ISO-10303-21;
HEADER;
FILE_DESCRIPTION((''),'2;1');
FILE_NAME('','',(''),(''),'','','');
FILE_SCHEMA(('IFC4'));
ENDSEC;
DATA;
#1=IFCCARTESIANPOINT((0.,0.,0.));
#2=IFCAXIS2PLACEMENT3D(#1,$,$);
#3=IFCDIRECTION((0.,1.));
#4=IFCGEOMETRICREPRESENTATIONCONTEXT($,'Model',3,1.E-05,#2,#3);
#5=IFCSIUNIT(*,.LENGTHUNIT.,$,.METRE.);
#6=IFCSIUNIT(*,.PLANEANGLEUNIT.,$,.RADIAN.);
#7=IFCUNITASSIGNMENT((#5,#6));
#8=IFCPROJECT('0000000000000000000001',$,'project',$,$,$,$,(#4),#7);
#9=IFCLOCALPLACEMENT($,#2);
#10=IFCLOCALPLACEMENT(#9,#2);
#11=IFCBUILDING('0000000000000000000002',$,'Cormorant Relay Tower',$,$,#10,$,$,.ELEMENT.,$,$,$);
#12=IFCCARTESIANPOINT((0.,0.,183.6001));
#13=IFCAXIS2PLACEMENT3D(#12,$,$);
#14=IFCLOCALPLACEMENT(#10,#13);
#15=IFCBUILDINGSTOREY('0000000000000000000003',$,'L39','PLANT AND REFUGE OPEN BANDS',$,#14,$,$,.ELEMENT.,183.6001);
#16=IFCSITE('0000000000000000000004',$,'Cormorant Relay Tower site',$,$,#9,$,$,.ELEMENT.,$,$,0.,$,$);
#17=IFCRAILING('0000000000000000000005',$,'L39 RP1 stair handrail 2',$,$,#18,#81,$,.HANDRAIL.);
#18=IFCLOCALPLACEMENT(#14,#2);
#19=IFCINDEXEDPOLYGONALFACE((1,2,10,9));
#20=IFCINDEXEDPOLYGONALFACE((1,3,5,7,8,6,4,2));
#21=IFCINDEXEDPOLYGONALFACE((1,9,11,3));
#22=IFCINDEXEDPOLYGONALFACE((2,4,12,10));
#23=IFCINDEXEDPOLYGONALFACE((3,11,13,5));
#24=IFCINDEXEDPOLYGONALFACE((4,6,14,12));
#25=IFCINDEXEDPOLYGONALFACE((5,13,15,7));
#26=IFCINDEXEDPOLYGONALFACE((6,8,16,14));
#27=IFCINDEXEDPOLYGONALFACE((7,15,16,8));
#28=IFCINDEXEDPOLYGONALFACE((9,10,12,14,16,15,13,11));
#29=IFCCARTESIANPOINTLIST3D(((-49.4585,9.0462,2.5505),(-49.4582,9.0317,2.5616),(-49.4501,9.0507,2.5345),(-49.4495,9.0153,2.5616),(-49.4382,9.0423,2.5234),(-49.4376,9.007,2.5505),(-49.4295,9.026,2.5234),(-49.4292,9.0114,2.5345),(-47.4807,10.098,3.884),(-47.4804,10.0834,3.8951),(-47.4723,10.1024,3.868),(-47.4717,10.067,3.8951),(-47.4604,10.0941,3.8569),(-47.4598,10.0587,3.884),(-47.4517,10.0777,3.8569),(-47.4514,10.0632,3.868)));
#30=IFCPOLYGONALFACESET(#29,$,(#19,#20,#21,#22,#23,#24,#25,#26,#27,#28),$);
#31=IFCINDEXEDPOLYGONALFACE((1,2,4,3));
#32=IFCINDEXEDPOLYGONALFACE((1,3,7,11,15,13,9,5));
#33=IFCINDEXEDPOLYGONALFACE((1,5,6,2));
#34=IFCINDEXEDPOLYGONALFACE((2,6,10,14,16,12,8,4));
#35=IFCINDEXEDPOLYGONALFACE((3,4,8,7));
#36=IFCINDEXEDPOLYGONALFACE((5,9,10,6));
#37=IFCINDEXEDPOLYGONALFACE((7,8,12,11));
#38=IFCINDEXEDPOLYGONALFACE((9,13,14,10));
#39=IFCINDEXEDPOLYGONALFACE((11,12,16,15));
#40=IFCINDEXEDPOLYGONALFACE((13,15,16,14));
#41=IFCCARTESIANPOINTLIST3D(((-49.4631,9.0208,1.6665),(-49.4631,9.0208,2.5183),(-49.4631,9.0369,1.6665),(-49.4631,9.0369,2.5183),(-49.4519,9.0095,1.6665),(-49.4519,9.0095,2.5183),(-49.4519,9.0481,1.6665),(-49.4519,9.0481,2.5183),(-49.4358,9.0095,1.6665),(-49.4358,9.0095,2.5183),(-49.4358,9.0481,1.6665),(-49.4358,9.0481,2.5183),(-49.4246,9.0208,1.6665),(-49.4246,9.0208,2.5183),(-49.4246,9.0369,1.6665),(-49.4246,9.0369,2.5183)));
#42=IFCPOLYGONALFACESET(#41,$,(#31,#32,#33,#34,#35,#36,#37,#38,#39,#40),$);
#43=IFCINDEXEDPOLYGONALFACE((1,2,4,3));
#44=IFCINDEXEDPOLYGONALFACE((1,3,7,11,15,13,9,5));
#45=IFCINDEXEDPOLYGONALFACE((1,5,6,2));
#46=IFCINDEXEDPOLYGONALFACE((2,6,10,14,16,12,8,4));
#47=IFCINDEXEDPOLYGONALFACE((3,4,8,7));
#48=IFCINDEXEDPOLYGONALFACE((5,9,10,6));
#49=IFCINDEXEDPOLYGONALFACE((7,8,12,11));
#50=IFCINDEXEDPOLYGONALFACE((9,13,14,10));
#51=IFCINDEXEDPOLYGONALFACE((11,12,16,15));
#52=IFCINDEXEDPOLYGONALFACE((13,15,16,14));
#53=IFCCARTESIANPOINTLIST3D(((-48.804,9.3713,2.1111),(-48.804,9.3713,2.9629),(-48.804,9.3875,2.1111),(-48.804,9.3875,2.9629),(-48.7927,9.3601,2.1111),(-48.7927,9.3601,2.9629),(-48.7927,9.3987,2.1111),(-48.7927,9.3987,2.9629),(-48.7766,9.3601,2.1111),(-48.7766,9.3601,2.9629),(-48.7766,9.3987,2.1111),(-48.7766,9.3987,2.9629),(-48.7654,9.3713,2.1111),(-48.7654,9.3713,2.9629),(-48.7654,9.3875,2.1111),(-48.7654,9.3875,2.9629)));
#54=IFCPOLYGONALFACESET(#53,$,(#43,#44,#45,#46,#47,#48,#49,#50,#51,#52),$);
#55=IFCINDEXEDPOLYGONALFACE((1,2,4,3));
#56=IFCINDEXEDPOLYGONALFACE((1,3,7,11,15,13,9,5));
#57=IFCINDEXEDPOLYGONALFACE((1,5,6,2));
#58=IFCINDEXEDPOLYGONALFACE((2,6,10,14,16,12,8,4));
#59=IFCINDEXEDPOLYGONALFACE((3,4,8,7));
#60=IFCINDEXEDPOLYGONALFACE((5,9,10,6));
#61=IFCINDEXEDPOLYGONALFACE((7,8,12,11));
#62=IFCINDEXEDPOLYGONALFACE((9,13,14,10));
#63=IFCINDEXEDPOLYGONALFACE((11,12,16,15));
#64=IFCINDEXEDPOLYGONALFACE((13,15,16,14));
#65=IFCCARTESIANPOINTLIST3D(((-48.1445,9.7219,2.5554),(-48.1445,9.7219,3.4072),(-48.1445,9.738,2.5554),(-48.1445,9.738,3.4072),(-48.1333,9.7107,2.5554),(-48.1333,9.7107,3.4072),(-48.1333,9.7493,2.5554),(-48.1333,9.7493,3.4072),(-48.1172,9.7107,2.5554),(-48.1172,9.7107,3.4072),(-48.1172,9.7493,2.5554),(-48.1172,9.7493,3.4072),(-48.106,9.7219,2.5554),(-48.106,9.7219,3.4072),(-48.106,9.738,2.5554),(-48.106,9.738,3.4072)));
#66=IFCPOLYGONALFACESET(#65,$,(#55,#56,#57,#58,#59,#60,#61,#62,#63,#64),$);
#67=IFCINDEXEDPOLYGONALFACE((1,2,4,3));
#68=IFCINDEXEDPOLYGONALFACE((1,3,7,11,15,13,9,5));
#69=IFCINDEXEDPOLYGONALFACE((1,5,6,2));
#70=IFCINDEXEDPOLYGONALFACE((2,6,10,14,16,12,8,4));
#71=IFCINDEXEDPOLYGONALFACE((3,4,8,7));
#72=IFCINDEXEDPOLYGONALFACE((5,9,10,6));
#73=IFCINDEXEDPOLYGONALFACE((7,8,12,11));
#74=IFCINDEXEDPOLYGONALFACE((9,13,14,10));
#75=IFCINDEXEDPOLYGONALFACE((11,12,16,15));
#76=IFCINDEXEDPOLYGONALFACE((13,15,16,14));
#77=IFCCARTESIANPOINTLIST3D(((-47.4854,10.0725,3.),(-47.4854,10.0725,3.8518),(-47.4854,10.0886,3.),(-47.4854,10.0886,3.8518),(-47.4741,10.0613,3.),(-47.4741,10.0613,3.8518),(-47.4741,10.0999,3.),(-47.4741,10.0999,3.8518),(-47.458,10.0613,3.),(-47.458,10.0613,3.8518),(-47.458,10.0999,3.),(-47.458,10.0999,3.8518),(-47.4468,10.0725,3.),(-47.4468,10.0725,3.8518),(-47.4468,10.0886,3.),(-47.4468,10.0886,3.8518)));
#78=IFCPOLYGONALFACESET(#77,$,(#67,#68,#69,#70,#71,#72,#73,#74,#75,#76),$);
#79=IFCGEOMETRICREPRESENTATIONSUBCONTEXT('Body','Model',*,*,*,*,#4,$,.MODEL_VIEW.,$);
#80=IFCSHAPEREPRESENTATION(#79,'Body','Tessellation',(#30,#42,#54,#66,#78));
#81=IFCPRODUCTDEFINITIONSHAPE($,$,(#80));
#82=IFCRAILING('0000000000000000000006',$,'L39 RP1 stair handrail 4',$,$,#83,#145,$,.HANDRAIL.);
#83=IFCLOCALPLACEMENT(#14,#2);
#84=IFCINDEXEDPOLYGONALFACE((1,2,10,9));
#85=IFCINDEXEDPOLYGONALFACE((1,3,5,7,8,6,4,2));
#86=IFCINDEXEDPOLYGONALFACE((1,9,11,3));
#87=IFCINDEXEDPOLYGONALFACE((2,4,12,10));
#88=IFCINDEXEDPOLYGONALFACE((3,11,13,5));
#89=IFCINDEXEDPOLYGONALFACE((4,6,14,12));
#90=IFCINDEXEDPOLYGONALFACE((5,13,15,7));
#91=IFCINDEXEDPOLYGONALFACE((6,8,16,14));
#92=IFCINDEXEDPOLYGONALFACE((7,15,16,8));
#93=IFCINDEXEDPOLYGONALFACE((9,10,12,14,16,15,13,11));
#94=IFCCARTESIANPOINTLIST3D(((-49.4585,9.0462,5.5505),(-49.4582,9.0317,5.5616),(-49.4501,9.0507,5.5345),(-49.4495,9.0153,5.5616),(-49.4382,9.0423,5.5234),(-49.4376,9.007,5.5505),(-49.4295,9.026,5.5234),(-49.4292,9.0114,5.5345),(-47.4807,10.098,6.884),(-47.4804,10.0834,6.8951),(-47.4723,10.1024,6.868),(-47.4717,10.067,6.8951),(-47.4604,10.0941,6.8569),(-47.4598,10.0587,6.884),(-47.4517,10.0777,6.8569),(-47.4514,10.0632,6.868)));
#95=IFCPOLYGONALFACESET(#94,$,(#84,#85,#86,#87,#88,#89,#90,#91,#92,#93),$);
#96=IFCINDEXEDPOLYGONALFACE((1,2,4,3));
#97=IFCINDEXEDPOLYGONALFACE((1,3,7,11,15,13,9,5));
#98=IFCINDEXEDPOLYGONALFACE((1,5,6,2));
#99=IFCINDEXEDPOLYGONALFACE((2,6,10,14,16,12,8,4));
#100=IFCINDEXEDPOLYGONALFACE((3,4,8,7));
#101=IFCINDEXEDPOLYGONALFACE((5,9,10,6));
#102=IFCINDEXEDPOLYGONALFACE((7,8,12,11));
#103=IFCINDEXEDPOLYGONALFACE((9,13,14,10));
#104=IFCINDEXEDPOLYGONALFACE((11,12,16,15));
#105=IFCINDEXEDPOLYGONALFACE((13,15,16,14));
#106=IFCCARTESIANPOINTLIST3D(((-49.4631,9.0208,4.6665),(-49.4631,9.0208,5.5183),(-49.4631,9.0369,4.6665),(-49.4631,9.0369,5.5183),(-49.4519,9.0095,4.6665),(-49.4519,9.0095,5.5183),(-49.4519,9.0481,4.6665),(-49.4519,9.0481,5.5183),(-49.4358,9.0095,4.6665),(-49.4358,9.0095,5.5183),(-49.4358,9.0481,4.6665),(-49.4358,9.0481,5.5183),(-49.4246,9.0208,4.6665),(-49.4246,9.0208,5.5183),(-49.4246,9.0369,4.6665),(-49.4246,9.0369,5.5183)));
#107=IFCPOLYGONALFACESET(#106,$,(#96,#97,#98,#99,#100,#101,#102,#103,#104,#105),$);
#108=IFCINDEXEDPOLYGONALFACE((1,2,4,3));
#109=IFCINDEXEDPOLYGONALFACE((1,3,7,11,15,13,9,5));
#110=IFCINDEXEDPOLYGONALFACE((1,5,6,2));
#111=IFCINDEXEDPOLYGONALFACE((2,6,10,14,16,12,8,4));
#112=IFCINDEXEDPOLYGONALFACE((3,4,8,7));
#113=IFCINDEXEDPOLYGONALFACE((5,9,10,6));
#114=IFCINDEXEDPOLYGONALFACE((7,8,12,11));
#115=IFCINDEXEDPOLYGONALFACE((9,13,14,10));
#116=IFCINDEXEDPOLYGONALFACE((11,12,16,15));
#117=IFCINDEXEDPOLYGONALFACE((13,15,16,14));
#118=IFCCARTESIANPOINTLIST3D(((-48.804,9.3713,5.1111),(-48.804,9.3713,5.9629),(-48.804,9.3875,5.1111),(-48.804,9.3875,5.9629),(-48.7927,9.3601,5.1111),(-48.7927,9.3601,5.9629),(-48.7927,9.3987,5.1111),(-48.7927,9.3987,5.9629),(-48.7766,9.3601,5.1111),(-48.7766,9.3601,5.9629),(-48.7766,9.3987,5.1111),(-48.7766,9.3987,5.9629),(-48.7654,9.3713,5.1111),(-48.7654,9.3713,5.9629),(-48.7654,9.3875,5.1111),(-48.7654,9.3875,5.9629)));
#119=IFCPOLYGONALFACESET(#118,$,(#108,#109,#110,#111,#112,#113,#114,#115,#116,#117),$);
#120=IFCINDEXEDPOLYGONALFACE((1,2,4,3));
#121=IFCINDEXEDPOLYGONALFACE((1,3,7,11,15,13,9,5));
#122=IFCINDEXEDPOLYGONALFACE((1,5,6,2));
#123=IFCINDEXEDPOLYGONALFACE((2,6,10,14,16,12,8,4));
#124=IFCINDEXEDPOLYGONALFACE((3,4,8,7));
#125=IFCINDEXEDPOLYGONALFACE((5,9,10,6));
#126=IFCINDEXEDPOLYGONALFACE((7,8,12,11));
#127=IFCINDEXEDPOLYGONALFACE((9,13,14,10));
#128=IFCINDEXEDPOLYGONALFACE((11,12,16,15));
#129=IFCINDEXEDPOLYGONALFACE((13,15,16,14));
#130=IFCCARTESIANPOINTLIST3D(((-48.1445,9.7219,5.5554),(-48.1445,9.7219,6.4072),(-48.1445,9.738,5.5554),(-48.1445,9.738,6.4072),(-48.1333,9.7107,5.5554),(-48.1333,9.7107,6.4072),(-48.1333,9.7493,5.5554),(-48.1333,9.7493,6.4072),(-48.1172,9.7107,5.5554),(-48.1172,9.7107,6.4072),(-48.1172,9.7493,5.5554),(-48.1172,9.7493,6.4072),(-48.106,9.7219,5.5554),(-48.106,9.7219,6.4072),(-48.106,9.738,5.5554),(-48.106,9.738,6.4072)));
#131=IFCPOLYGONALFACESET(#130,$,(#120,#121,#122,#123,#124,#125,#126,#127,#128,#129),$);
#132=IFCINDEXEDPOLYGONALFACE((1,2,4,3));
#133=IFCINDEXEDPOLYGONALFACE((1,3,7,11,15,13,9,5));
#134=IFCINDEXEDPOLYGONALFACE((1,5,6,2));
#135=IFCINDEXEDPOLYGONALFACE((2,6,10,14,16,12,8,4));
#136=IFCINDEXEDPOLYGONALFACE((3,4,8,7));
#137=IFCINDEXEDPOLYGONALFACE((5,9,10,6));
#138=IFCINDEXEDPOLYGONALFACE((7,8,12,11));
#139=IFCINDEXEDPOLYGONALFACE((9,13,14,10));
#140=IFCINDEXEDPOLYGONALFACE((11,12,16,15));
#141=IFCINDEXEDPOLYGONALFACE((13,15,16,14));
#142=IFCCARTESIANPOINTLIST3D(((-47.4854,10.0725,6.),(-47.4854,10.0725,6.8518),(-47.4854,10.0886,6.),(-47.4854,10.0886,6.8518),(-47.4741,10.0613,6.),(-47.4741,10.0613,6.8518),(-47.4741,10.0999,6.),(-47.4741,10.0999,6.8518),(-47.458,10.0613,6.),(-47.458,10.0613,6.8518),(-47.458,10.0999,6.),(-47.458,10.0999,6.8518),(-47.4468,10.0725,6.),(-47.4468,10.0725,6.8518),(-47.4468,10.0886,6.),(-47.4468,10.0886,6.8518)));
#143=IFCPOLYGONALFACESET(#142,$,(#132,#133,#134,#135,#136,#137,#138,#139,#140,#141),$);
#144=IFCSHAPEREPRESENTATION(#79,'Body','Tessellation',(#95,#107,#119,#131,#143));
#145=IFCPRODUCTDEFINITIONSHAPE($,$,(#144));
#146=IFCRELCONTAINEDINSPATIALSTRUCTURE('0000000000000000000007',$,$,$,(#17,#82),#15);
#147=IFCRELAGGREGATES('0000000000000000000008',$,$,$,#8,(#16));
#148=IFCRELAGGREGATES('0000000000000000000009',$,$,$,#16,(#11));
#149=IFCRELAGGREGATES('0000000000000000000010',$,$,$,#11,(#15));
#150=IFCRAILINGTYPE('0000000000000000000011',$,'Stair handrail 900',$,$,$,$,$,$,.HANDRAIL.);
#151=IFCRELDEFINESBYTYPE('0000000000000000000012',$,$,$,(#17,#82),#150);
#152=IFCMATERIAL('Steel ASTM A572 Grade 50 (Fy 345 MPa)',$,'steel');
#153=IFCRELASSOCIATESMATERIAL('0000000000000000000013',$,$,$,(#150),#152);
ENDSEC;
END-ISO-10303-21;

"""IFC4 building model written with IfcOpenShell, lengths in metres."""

from ifc_helpers import new_model, si_unit, direction, frame, origin, place, context, subcontext, project, spatial, polyline, outline, extrude, material, type_object, element, save


model = new_model("IFC4")

# Units and contexts
model_context = context("Model", 3, precision=1e-05, world=origin(), true_north=direction((0.0, 1.0)))
body_context = subcontext(model_context, "Body", "Model", "MODEL_VIEW")
ifc_project = project(units=[si_unit("LENGTHUNIT", "METRE"), si_unit("PLANEANGLEUNIT", "RADIAN")], contexts=[model_context])

# Site, building, storey
site_placement = place(None, origin())
site = spatial("IfcSite", under=ifc_project, at=site_placement, Name="Cormorant Relay Tower site", CompositionType="ELEMENT", RefElevation=0.0)
building_placement = place(site_placement, origin())
building = spatial("IfcBuilding", under=site, at=building_placement, Name="Cormorant Relay Tower", CompositionType="ELEMENT")
storey_placement = place(building_placement, frame((0.0, 0.0, 183.6001)))
storey = spatial("IfcBuildingStorey", under=building, at=storey_placement, Name="L39", Description="PLANT AND REFUGE OPEN BANDS", CompositionType="ELEMENT", Elevation=183.6001)

# Railings
ifc_material_1 = material(Name="Steel ASTM A572 Grade 50 (Fy 345 MPa)", Category="steel")
railing_type_1 = type_object("IfcRailingType", Name="Stair handrail 900", PredefinedType="HANDRAIL", material=ifc_material_1)
railing_1_placement = place(storey_placement, frame((-49.4438, 9.0288, 1.6665)))
element("IfcRailing", 1, at=railing_1_placement, inside=storey, type_object=railing_type_1, Name="L39 RP1 stair handrail 2", PredefinedType="HANDRAIL", context=body_context, shape_type="SweptSolid", body=[
    extrude(outline(polyline([(0.0222, 0.0093), (0.0093, 0.0222), (-0.0093, 0.0222), (-0.0222, 0.0093), (-0.0222, -0.0093), (-0.0093, -0.0222), (0.0093, -0.0222), (0.0222, -0.0093), (0.0222, 0.0093)])), frame((0.0, 0.0, 0.876), z_axis=(0.758667, 0.403448, 0.511522), x_axis=(-0.469524, 0.882919, 0.0)), (0.0, 0.0, 1.0), 2.6069),
    extrude(outline(polyline([(0.0193, 0.0081), (0.0081, 0.0193), (-0.0081, 0.0193), (-0.0193, 0.0081), (-0.0193, -0.0081), (-0.0081, -0.0193), (0.0081, -0.0193), (0.0193, -0.0081), (0.0193, 0.0081)])), origin(), (0.0, 0.0, 1.0), 0.8518),
    extrude(outline(polyline([(0.0193, 0.0081), (0.0081, 0.0193), (-0.0081, 0.0193), (-0.0193, 0.0081), (-0.0193, -0.0081), (-0.0081, -0.0193), (0.0081, -0.0193), (0.0193, -0.0081), (0.0193, 0.0081)])), frame((0.6592, 0.3506, 0.4446)), (0.0, 0.0, 1.0), 0.8518),
    extrude(outline(polyline([(0.0193, 0.0081), (0.0081, 0.0193), (-0.0081, 0.0193), (-0.0193, 0.0081), (-0.0193, -0.0081), (-0.0081, -0.0193), (0.0081, -0.0193), (0.0193, -0.0081), (0.0193, 0.0081)])), frame((1.3186, 0.7012, 0.8889)), (0.0, 0.0, 1.0), 0.8518),
    extrude(outline(polyline([(0.0193, 0.0081), (0.0081, 0.0193), (-0.0081, 0.0193), (-0.0193, 0.0081), (-0.0193, -0.0081), (-0.0081, -0.0193), (0.0081, -0.0193), (0.0193, -0.0081), (0.0193, 0.0081)])), frame((1.9778, 1.0518, 1.3335)), (0.0, 0.0, 1.0), 0.8518),
])
railing_2_placement = place(storey_placement, frame((-49.4438, 9.0288, 4.6665)))
element("IfcRailing", 2, at=railing_2_placement, inside=storey, type_object=railing_type_1, Name="L39 RP1 stair handrail 4", PredefinedType="HANDRAIL", context=body_context, shape_type="SweptSolid", body=[
    extrude(outline(polyline([(0.0222, 0.0093), (0.0093, 0.0222), (-0.0093, 0.0222), (-0.0222, 0.0093), (-0.0222, -0.0093), (-0.0093, -0.0222), (0.0093, -0.0222), (0.0222, -0.0093), (0.0222, 0.0093)])), frame((0.0, 0.0, 0.876), z_axis=(0.758667, 0.403448, 0.511522), x_axis=(-0.469524, 0.882919, 0.0)), (0.0, 0.0, 1.0), 2.6069),
    extrude(outline(polyline([(0.0193, 0.0081), (0.0081, 0.0193), (-0.0081, 0.0193), (-0.0193, 0.0081), (-0.0193, -0.0081), (-0.0081, -0.0193), (0.0081, -0.0193), (0.0193, -0.0081), (0.0193, 0.0081)])), origin(), (0.0, 0.0, 1.0), 0.8518),
    extrude(outline(polyline([(0.0193, 0.0081), (0.0081, 0.0193), (-0.0081, 0.0193), (-0.0193, 0.0081), (-0.0193, -0.0081), (-0.0081, -0.0193), (0.0081, -0.0193), (0.0193, -0.0081), (0.0193, 0.0081)])), frame((0.6592, 0.3506, 0.4446)), (0.0, 0.0, 1.0), 0.8518),
    extrude(outline(polyline([(0.0193, 0.0081), (0.0081, 0.0193), (-0.0081, 0.0193), (-0.0193, 0.0081), (-0.0193, -0.0081), (-0.0081, -0.0193), (0.0081, -0.0193), (0.0193, -0.0081), (0.0193, 0.0081)])), frame((1.3186, 0.7012, 0.8889)), (0.0, 0.0, 1.0), 0.8518),
    extrude(outline(polyline([(0.0193, 0.0081), (0.0081, 0.0193), (-0.0081, 0.0193), (-0.0193, 0.0081), (-0.0193, -0.0081), (-0.0081, -0.0193), (0.0081, -0.0193), (0.0193, -0.0081), (0.0193, 0.0081)])), frame((1.9778, 1.0518, 1.3335)), (0.0, 0.0, 1.0), 0.8518),
])

save(model, "model.ifc")
